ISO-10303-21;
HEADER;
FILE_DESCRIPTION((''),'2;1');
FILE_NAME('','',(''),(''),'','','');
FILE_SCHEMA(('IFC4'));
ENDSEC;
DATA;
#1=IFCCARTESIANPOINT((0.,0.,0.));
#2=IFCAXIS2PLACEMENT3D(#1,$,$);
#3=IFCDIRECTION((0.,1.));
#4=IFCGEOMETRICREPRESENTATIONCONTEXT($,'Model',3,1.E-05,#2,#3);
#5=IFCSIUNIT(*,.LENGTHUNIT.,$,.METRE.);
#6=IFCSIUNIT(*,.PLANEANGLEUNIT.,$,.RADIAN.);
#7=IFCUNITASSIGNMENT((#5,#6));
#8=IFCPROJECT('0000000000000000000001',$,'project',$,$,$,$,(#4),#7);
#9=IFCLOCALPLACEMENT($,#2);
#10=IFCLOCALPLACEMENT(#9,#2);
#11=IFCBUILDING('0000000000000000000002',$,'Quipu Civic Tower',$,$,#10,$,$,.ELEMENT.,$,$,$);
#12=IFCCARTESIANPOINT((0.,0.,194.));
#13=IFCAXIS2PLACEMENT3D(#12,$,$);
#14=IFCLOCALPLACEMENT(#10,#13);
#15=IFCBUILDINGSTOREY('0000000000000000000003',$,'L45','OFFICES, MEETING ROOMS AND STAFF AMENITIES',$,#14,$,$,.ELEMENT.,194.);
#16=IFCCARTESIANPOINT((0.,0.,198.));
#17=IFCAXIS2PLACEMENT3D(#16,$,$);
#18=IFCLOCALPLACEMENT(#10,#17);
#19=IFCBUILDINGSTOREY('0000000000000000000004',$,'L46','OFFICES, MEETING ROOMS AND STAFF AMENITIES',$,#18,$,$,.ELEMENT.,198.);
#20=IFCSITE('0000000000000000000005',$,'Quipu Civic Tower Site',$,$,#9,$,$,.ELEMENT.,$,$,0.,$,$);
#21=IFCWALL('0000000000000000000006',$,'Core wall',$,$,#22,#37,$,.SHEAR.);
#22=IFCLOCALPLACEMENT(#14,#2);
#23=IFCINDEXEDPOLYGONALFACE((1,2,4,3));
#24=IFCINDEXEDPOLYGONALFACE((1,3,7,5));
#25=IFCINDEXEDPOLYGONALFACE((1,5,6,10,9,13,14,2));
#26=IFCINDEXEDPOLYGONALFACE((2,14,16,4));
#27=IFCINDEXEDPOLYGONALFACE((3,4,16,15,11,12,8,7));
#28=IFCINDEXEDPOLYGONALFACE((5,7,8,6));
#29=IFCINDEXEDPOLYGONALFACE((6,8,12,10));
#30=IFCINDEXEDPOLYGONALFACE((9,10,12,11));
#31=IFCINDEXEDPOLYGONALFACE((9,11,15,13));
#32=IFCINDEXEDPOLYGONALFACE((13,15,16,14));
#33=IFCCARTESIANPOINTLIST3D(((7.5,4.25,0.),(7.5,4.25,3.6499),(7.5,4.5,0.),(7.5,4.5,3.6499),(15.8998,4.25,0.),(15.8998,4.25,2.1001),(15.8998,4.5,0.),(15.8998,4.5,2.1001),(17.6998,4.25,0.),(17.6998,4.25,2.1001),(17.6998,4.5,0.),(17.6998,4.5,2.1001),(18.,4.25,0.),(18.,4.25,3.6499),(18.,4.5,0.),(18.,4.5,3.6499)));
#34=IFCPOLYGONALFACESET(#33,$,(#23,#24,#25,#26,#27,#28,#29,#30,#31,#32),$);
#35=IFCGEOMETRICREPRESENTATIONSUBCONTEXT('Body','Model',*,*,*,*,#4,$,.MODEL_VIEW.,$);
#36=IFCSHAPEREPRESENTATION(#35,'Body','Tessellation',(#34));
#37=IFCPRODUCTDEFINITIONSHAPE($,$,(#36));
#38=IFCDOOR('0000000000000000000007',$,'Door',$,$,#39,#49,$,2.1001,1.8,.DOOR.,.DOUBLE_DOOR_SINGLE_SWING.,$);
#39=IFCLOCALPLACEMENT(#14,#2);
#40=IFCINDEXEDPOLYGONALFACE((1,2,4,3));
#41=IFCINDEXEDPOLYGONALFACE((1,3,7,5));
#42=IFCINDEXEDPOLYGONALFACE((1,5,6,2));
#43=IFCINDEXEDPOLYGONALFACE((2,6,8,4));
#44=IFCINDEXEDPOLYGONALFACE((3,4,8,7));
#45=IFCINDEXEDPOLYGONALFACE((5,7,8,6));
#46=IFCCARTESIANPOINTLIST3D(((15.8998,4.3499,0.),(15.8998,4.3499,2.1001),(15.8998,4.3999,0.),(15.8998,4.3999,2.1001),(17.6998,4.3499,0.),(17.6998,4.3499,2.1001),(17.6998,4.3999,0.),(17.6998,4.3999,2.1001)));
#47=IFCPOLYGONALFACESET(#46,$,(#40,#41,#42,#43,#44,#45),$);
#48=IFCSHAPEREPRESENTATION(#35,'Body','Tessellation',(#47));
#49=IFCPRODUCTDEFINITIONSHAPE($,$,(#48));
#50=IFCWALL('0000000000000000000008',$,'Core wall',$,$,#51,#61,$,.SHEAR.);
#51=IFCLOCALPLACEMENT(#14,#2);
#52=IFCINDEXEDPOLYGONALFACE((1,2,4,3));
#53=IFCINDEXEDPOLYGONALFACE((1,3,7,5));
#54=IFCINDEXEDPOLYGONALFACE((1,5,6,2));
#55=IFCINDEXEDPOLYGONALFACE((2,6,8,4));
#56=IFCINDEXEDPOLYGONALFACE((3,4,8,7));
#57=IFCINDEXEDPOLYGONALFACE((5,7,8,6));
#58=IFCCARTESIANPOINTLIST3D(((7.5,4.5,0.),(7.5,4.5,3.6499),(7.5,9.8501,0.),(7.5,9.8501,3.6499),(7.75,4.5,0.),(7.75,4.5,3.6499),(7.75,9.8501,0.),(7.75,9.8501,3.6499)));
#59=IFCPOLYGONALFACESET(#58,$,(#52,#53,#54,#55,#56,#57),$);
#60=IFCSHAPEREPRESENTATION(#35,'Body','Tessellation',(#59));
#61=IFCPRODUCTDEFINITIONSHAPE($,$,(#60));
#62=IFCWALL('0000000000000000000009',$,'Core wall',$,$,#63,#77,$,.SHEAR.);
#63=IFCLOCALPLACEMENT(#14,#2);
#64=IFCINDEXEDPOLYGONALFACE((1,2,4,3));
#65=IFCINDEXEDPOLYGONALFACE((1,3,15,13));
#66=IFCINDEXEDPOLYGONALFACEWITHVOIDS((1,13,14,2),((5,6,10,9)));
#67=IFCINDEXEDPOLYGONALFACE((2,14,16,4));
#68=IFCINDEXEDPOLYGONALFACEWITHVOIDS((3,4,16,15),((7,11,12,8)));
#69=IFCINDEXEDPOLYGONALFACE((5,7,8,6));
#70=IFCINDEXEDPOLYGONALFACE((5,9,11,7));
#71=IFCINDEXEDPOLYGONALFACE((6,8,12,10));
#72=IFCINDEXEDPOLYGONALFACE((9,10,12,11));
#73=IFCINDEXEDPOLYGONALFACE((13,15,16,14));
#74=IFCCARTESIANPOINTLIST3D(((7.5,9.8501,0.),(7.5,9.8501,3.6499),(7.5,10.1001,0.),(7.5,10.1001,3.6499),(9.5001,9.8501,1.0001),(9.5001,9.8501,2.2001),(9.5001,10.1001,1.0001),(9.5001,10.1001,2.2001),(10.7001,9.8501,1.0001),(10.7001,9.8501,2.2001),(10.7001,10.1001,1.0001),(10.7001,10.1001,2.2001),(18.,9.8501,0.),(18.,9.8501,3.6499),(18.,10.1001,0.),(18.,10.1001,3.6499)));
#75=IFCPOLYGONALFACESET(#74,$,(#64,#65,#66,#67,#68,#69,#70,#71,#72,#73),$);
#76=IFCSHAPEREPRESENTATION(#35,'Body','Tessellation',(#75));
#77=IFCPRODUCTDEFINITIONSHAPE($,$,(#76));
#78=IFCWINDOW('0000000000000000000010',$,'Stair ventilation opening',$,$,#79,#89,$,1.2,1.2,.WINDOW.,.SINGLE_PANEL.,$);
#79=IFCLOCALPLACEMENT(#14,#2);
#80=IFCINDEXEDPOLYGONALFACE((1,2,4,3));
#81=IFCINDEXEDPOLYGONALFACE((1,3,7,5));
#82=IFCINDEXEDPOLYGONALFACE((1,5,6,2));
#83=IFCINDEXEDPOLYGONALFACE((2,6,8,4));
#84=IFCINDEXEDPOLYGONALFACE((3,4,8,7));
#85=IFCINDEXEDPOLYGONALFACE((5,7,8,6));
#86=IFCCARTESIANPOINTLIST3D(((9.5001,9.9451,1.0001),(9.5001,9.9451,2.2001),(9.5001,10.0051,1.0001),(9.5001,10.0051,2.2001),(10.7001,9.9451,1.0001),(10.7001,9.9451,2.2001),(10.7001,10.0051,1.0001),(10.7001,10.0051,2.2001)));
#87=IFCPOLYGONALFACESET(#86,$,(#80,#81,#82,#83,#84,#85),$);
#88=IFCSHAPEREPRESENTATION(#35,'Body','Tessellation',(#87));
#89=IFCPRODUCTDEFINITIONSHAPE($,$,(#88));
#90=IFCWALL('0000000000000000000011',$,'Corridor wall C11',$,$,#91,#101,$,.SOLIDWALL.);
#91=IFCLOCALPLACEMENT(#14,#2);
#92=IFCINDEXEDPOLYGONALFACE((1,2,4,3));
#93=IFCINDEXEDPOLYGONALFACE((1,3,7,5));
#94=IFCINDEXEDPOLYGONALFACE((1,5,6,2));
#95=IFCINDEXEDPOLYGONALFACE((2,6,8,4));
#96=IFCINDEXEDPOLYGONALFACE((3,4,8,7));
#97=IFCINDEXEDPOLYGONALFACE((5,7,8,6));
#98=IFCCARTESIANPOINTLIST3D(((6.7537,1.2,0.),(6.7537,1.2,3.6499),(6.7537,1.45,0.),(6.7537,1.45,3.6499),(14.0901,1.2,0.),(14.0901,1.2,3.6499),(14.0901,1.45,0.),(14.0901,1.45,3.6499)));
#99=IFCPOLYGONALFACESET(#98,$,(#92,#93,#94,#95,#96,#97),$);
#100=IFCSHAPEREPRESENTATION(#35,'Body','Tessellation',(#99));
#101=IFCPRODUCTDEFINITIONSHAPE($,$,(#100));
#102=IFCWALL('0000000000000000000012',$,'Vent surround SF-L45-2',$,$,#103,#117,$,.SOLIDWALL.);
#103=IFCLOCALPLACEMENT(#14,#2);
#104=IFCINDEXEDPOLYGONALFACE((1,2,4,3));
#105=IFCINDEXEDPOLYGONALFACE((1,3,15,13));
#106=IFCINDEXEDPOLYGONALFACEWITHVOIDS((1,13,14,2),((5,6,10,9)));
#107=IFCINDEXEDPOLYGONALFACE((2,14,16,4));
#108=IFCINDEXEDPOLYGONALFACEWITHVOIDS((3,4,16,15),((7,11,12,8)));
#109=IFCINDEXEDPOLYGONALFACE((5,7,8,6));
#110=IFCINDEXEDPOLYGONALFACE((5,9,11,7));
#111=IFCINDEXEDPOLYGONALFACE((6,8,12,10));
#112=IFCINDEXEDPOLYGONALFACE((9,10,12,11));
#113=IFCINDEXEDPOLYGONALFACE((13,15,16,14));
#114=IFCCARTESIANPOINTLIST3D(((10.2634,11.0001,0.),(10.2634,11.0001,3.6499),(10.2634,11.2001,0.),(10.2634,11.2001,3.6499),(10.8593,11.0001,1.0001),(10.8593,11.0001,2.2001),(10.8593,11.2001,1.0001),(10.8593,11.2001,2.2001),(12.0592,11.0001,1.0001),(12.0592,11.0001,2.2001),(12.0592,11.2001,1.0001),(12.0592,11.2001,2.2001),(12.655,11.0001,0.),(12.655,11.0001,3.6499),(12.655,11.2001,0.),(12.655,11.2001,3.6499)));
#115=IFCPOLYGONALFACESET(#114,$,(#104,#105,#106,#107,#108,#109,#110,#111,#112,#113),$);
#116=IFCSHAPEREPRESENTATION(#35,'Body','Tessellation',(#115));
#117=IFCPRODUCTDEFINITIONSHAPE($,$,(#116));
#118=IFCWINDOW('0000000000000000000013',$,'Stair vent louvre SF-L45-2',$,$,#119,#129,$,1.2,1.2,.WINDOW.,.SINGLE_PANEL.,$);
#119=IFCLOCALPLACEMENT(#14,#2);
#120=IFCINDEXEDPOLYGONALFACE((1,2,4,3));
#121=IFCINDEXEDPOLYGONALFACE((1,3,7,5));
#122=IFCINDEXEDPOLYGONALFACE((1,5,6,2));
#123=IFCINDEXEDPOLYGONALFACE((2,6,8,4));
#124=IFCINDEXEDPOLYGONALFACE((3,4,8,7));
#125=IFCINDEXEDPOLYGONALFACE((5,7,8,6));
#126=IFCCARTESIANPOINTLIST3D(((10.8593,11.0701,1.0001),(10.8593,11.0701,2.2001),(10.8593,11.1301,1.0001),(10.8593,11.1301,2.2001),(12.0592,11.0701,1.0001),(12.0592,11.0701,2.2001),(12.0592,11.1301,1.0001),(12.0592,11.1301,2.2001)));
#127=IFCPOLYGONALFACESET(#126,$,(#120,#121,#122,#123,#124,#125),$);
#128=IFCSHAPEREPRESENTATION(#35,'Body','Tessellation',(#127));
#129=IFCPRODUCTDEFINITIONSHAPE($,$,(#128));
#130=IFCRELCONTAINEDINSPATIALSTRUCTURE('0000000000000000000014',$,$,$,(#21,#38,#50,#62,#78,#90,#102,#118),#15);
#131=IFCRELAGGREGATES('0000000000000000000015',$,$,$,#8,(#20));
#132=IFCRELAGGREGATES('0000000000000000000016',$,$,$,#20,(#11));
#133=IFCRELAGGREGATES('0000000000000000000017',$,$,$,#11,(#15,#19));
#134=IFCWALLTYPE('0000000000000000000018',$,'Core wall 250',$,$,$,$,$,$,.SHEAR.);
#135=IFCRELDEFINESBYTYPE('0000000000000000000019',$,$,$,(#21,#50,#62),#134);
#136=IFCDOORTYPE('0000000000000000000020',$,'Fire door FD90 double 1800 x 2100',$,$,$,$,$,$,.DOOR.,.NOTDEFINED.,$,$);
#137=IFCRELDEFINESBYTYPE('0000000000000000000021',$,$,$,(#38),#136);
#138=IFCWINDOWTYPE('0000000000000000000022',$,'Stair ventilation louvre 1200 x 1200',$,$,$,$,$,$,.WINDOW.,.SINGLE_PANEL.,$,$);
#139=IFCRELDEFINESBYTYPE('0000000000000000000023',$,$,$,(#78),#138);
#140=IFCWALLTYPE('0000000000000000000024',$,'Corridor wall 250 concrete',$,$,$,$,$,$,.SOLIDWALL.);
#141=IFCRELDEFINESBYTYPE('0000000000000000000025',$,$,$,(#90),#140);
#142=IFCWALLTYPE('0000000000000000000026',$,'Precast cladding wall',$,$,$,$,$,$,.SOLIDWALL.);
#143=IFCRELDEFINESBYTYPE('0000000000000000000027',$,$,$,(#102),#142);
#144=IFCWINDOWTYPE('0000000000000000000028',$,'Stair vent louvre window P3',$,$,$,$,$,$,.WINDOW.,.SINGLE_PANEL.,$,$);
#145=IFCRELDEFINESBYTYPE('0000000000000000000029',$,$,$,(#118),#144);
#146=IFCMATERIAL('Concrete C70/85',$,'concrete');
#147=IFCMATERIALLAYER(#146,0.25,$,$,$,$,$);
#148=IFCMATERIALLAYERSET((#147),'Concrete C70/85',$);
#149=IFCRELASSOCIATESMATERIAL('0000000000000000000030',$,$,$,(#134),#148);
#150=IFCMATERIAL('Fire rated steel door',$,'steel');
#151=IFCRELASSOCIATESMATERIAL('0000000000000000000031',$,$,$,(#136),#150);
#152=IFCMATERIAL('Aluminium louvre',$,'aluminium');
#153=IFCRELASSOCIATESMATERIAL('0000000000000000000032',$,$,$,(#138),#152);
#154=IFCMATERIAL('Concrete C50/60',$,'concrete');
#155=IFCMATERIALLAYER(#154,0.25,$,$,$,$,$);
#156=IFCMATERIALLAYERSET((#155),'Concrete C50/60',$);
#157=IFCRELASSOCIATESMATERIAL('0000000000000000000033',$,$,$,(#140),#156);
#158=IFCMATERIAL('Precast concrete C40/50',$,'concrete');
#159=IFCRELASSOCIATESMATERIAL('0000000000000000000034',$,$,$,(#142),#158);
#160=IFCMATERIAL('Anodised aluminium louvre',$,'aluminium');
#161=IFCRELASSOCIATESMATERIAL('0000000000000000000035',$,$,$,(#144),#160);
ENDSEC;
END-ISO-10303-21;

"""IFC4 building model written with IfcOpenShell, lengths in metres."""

from ifc_helpers import new_model, si_unit, direction, frame, frame_2d, origin, place, context, subcontext, project, spatial, rectangle, extrude, material, layer, layer_set, type_object, element, fill, save


model = new_model("IFC4")

# Units and contexts
model_context = context("Model", 3, precision=1e-05, world=origin(), true_north=direction((0.0, 1.0)))
body_context = subcontext(model_context, "Body", "Model", "MODEL_VIEW")
ifc_project = project(units=[si_unit("LENGTHUNIT", "METRE"), si_unit("PLANEANGLEUNIT", "RADIAN")], contexts=[model_context])

# Site, building, storey
site_placement = place(None, origin())
site = spatial("IfcSite", under=ifc_project, at=site_placement, Name="Quipu Civic Tower Site", CompositionType="ELEMENT", RefElevation=0.0)
building_placement = place(site_placement, origin())
building = spatial("IfcBuilding", under=site, at=building_placement, Name="Quipu Civic Tower", CompositionType="ELEMENT")
storey_1_placement = place(building_placement, frame((0.0, 0.0, 194.0)))
storey_1 = spatial("IfcBuildingStorey", under=building, at=storey_1_placement, Name="L45", Description="OFFICES, MEETING ROOMS AND STAFF AMENITIES", CompositionType="ELEMENT", Elevation=194.0)

# Shared definitions
storey_2_placement = place(building_placement, frame((0.0, 0.0, 198.0)))
storey_2 = spatial("IfcBuildingStorey", under=building, at=storey_2_placement, Name="L46", Description="OFFICES, MEETING ROOMS AND STAFF AMENITIES", CompositionType="ELEMENT", Elevation=198.0)

# Shared definitions
ifc_material_1 = material(Name="Concrete C70/85", Category="concrete")
ifc_layer_1 = layer(ifc_material_1, 0.25)
ifc_layer_set_1 = layer_set([ifc_layer_1], Name="Concrete C70/85")
wall_type_1 = type_object("IfcWallType", Name="Core wall 250", PredefinedType="SHEAR", material=ifc_layer_set_1)
ifc_material_2 = material(Name="Fire rated steel door", Category="steel")
door_type = type_object("IfcDoorType", Name="Fire door FD90 double 1800 x 2100", OperationType="NOTDEFINED", PredefinedType="DOOR", material=ifc_material_2)

# Wall, opening, door
wall_1_placement = place(storey_1_placement, frame((7.5, 4.375, 0.0), z_axis=(0.0, 0.0, 1.0), x_axis=(1.0, 0.0, 0.0)))
wall_1 = element("IfcWall", 1, at=wall_1_placement, inside=storey_1, type_object=wall_type_1, Name="Core wall", PredefinedType="SHEAR", context=body_context, shape_type="SweptSolid", body=[
    extrude(rectangle(XDim=10.5, YDim=0.25, at=frame_2d((5.25, 0.0))), origin(), (0.0, 0.0, 1.0), 3.6499),
])
opening_1_placement = place(wall_1_placement, frame((8.3999, 0.0, 0.0)))
opening_1 = element("IfcOpeningElement", 2, at=opening_1_placement, cuts=wall_1, PredefinedType="OPENING", context=body_context, shape_type="SweptSolid", body=[
    extrude(rectangle(XDim=1.8, YDim=2.1001, at=frame_2d((0.8999, 1.05))), frame((0.0, 0.135, 0.0), z_axis=(0.0, -1.0, 0.0), x_axis=(1.0, 0.0, 0.0)), (0.0, 0.0, 1.0), 0.27),
])
door_1_placement = place(opening_1_placement, origin())
door_1 = element("IfcDoor", 3, at=door_1_placement, inside=storey_1, type_object=door_type, Name="Door", OperationType="DOUBLE_DOOR_SINGLE_SWING", OverallHeight=2.1001, OverallWidth=1.8, PredefinedType="DOOR", context=body_context, shape_type="SweptSolid", body=[
    extrude(rectangle(XDim=1.8, YDim=2.1001, at=frame_2d((0.8999, 1.05))), frame((0.0, 0.0249, 0.0), z_axis=(0.0, -1.0, 0.0), x_axis=(1.0, 0.0, 0.0)), (0.0, 0.0, 1.0), 0.05),
])
fill(opening_1, door_1)

# Wall
wall_2_placement = place(storey_1_placement, frame((7.625, 4.5, 0.0), z_axis=(0.0, 0.0, 1.0), x_axis=(0.0, 1.0, 0.0)))
element("IfcWall", 4, at=wall_2_placement, inside=storey_1, type_object=wall_type_1, Name="Core wall", PredefinedType="SHEAR", context=body_context, shape_type="SweptSolid", body=[
    extrude(rectangle(XDim=5.3501, YDim=0.25, at=frame_2d((2.675, 0.0))), origin(), (0.0, 0.0, 1.0), 3.6499),
])

# Wall, opening, window
wall_3_placement = place(storey_1_placement, frame((7.5, 9.9751, 0.0), z_axis=(0.0, 0.0, 1.0), x_axis=(1.0, 0.0, 0.0)))
wall_3 = element("IfcWall", 5, at=wall_3_placement, inside=storey_1, type_object=wall_type_1, Name="Core wall", PredefinedType="SHEAR", context=body_context, shape_type="SweptSolid", body=[
    extrude(rectangle(XDim=10.5, YDim=0.25, at=frame_2d((5.25, 0.0))), origin(), (0.0, 0.0, 1.0), 3.6499),
])
opening_2_placement = place(wall_3_placement, frame((2.0, 0.0, 1.0)))
opening_2 = element("IfcOpeningElement", 6, at=opening_2_placement, cuts=wall_3, PredefinedType="OPENING", context=body_context, shape_type="SweptSolid", body=[
    extrude(rectangle(XDim=1.2, YDim=1.2, at=frame_2d((0.6001, 0.6001))), frame((0.0, 0.135, 0.0), z_axis=(0.0, -1.0, 0.0), x_axis=(1.0, 0.0, 0.0)), (0.0, 0.0, 1.0), 0.27),
])
ifc_material_3 = material(Name="Aluminium louvre", Category="aluminium")
window_type_1 = type_object("IfcWindowType", Name="Stair ventilation louvre 1200 x 1200", PartitioningType="SINGLE_PANEL", PredefinedType="WINDOW", material=ifc_material_3)
window_1_placement = place(opening_2_placement, origin())
window_1 = element("IfcWindow", 7, at=window_1_placement, inside=storey_1, type_object=window_type_1, Name="Stair ventilation opening", OverallHeight=1.2, OverallWidth=1.2, PartitioningType="SINGLE_PANEL", PredefinedType="WINDOW", context=body_context, shape_type="SweptSolid", body=[
    extrude(rectangle(XDim=1.2, YDim=1.2, at=frame_2d((0.6001, 0.6001))), frame((0.0, 0.03, 0.0), z_axis=(0.0, -1.0, 0.0), x_axis=(1.0, 0.0, 0.0)), (0.0, 0.0, 1.0), 0.0601),
])
fill(opening_2, window_1)

# Wall
ifc_material_4 = material(Name="Concrete C50/60", Category="concrete")
ifc_layer_2 = layer(ifc_material_4, 0.25)
ifc_layer_set_2 = layer_set([ifc_layer_2], Name="Concrete C50/60")
wall_type_2 = type_object("IfcWallType", Name="Corridor wall 250 concrete", PredefinedType="SOLIDWALL", material=ifc_layer_set_2)
wall_4_placement = place(storey_1_placement, frame((6.7537, 1.325, 0.0), z_axis=(0.0, 0.0, 1.0), x_axis=(1.0, 0.0, 0.0)))
element("IfcWall", 8, at=wall_4_placement, inside=storey_1, type_object=wall_type_2, Name="Corridor wall C11", PredefinedType="SOLIDWALL", context=body_context, shape_type="SweptSolid", body=[
    extrude(rectangle(XDim=7.3364, YDim=0.25, at=frame_2d((3.6682, 0.0))), origin(), (0.0, 0.0, 1.0), 3.6499),
])

# Wall, opening, window
ifc_material_5 = material(Name="Precast concrete C40/50", Category="concrete")
wall_type_3 = type_object("IfcWallType", Name="Precast cladding wall", PredefinedType="SOLIDWALL", material=ifc_material_5)
wall_5_placement = place(storey_1_placement, frame((12.655, 11.1001, 0.0), z_axis=(0.0, 0.0, 1.0), x_axis=(-1.0, 0.0, 0.0)))
wall_5 = element("IfcWall", 9, at=wall_5_placement, inside=storey_1, type_object=wall_type_3, Name="Vent surround SF-L45-2", PredefinedType="SOLIDWALL", context=body_context, shape_type="SweptSolid", body=[
    extrude(rectangle(XDim=2.3916, YDim=0.2, at=frame_2d((1.1958, 0.0))), origin(), (0.0, 0.0, 1.0), 3.6499),
])
opening_3_placement = place(wall_5_placement, frame((0.5957, 0.0, 1.0)))
opening_3 = element("IfcOpeningElement", 10, at=opening_3_placement, cuts=wall_5, PredefinedType="OPENING", context=body_context, shape_type="SweptSolid", body=[
    extrude(rectangle(XDim=1.2, YDim=1.2, at=frame_2d((0.6001, 0.6001))), frame((0.0, 0.1099, 0.0), z_axis=(0.0, -1.0, 0.0), x_axis=(1.0, 0.0, 0.0)), (0.0, 0.0, 1.0), 0.22),
])
ifc_material_6 = material(Name="Anodised aluminium louvre", Category="aluminium")
window_type_2 = type_object("IfcWindowType", Name="Stair vent louvre window P3", PartitioningType="SINGLE_PANEL", PredefinedType="WINDOW", material=ifc_material_6)
window_2_placement = place(opening_3_placement, origin())
window_2 = element("IfcWindow", 11, at=window_2_placement, inside=storey_1, type_object=window_type_2, Name="Stair vent louvre SF-L45-2", OverallHeight=1.2, OverallWidth=1.2, PartitioningType="SINGLE_PANEL", PredefinedType="WINDOW", context=body_context, shape_type="SweptSolid", body=[
    extrude(rectangle(XDim=1.2, YDim=1.2, at=frame_2d((0.6001, 0.6001))), frame((0.0, 0.03, 0.0), z_axis=(0.0, -1.0, 0.0), x_axis=(1.0, 0.0, 0.0)), (0.0, 0.0, 1.0), 0.0601),
])
fill(opening_3, window_2)

save(model, "model.ifc")
